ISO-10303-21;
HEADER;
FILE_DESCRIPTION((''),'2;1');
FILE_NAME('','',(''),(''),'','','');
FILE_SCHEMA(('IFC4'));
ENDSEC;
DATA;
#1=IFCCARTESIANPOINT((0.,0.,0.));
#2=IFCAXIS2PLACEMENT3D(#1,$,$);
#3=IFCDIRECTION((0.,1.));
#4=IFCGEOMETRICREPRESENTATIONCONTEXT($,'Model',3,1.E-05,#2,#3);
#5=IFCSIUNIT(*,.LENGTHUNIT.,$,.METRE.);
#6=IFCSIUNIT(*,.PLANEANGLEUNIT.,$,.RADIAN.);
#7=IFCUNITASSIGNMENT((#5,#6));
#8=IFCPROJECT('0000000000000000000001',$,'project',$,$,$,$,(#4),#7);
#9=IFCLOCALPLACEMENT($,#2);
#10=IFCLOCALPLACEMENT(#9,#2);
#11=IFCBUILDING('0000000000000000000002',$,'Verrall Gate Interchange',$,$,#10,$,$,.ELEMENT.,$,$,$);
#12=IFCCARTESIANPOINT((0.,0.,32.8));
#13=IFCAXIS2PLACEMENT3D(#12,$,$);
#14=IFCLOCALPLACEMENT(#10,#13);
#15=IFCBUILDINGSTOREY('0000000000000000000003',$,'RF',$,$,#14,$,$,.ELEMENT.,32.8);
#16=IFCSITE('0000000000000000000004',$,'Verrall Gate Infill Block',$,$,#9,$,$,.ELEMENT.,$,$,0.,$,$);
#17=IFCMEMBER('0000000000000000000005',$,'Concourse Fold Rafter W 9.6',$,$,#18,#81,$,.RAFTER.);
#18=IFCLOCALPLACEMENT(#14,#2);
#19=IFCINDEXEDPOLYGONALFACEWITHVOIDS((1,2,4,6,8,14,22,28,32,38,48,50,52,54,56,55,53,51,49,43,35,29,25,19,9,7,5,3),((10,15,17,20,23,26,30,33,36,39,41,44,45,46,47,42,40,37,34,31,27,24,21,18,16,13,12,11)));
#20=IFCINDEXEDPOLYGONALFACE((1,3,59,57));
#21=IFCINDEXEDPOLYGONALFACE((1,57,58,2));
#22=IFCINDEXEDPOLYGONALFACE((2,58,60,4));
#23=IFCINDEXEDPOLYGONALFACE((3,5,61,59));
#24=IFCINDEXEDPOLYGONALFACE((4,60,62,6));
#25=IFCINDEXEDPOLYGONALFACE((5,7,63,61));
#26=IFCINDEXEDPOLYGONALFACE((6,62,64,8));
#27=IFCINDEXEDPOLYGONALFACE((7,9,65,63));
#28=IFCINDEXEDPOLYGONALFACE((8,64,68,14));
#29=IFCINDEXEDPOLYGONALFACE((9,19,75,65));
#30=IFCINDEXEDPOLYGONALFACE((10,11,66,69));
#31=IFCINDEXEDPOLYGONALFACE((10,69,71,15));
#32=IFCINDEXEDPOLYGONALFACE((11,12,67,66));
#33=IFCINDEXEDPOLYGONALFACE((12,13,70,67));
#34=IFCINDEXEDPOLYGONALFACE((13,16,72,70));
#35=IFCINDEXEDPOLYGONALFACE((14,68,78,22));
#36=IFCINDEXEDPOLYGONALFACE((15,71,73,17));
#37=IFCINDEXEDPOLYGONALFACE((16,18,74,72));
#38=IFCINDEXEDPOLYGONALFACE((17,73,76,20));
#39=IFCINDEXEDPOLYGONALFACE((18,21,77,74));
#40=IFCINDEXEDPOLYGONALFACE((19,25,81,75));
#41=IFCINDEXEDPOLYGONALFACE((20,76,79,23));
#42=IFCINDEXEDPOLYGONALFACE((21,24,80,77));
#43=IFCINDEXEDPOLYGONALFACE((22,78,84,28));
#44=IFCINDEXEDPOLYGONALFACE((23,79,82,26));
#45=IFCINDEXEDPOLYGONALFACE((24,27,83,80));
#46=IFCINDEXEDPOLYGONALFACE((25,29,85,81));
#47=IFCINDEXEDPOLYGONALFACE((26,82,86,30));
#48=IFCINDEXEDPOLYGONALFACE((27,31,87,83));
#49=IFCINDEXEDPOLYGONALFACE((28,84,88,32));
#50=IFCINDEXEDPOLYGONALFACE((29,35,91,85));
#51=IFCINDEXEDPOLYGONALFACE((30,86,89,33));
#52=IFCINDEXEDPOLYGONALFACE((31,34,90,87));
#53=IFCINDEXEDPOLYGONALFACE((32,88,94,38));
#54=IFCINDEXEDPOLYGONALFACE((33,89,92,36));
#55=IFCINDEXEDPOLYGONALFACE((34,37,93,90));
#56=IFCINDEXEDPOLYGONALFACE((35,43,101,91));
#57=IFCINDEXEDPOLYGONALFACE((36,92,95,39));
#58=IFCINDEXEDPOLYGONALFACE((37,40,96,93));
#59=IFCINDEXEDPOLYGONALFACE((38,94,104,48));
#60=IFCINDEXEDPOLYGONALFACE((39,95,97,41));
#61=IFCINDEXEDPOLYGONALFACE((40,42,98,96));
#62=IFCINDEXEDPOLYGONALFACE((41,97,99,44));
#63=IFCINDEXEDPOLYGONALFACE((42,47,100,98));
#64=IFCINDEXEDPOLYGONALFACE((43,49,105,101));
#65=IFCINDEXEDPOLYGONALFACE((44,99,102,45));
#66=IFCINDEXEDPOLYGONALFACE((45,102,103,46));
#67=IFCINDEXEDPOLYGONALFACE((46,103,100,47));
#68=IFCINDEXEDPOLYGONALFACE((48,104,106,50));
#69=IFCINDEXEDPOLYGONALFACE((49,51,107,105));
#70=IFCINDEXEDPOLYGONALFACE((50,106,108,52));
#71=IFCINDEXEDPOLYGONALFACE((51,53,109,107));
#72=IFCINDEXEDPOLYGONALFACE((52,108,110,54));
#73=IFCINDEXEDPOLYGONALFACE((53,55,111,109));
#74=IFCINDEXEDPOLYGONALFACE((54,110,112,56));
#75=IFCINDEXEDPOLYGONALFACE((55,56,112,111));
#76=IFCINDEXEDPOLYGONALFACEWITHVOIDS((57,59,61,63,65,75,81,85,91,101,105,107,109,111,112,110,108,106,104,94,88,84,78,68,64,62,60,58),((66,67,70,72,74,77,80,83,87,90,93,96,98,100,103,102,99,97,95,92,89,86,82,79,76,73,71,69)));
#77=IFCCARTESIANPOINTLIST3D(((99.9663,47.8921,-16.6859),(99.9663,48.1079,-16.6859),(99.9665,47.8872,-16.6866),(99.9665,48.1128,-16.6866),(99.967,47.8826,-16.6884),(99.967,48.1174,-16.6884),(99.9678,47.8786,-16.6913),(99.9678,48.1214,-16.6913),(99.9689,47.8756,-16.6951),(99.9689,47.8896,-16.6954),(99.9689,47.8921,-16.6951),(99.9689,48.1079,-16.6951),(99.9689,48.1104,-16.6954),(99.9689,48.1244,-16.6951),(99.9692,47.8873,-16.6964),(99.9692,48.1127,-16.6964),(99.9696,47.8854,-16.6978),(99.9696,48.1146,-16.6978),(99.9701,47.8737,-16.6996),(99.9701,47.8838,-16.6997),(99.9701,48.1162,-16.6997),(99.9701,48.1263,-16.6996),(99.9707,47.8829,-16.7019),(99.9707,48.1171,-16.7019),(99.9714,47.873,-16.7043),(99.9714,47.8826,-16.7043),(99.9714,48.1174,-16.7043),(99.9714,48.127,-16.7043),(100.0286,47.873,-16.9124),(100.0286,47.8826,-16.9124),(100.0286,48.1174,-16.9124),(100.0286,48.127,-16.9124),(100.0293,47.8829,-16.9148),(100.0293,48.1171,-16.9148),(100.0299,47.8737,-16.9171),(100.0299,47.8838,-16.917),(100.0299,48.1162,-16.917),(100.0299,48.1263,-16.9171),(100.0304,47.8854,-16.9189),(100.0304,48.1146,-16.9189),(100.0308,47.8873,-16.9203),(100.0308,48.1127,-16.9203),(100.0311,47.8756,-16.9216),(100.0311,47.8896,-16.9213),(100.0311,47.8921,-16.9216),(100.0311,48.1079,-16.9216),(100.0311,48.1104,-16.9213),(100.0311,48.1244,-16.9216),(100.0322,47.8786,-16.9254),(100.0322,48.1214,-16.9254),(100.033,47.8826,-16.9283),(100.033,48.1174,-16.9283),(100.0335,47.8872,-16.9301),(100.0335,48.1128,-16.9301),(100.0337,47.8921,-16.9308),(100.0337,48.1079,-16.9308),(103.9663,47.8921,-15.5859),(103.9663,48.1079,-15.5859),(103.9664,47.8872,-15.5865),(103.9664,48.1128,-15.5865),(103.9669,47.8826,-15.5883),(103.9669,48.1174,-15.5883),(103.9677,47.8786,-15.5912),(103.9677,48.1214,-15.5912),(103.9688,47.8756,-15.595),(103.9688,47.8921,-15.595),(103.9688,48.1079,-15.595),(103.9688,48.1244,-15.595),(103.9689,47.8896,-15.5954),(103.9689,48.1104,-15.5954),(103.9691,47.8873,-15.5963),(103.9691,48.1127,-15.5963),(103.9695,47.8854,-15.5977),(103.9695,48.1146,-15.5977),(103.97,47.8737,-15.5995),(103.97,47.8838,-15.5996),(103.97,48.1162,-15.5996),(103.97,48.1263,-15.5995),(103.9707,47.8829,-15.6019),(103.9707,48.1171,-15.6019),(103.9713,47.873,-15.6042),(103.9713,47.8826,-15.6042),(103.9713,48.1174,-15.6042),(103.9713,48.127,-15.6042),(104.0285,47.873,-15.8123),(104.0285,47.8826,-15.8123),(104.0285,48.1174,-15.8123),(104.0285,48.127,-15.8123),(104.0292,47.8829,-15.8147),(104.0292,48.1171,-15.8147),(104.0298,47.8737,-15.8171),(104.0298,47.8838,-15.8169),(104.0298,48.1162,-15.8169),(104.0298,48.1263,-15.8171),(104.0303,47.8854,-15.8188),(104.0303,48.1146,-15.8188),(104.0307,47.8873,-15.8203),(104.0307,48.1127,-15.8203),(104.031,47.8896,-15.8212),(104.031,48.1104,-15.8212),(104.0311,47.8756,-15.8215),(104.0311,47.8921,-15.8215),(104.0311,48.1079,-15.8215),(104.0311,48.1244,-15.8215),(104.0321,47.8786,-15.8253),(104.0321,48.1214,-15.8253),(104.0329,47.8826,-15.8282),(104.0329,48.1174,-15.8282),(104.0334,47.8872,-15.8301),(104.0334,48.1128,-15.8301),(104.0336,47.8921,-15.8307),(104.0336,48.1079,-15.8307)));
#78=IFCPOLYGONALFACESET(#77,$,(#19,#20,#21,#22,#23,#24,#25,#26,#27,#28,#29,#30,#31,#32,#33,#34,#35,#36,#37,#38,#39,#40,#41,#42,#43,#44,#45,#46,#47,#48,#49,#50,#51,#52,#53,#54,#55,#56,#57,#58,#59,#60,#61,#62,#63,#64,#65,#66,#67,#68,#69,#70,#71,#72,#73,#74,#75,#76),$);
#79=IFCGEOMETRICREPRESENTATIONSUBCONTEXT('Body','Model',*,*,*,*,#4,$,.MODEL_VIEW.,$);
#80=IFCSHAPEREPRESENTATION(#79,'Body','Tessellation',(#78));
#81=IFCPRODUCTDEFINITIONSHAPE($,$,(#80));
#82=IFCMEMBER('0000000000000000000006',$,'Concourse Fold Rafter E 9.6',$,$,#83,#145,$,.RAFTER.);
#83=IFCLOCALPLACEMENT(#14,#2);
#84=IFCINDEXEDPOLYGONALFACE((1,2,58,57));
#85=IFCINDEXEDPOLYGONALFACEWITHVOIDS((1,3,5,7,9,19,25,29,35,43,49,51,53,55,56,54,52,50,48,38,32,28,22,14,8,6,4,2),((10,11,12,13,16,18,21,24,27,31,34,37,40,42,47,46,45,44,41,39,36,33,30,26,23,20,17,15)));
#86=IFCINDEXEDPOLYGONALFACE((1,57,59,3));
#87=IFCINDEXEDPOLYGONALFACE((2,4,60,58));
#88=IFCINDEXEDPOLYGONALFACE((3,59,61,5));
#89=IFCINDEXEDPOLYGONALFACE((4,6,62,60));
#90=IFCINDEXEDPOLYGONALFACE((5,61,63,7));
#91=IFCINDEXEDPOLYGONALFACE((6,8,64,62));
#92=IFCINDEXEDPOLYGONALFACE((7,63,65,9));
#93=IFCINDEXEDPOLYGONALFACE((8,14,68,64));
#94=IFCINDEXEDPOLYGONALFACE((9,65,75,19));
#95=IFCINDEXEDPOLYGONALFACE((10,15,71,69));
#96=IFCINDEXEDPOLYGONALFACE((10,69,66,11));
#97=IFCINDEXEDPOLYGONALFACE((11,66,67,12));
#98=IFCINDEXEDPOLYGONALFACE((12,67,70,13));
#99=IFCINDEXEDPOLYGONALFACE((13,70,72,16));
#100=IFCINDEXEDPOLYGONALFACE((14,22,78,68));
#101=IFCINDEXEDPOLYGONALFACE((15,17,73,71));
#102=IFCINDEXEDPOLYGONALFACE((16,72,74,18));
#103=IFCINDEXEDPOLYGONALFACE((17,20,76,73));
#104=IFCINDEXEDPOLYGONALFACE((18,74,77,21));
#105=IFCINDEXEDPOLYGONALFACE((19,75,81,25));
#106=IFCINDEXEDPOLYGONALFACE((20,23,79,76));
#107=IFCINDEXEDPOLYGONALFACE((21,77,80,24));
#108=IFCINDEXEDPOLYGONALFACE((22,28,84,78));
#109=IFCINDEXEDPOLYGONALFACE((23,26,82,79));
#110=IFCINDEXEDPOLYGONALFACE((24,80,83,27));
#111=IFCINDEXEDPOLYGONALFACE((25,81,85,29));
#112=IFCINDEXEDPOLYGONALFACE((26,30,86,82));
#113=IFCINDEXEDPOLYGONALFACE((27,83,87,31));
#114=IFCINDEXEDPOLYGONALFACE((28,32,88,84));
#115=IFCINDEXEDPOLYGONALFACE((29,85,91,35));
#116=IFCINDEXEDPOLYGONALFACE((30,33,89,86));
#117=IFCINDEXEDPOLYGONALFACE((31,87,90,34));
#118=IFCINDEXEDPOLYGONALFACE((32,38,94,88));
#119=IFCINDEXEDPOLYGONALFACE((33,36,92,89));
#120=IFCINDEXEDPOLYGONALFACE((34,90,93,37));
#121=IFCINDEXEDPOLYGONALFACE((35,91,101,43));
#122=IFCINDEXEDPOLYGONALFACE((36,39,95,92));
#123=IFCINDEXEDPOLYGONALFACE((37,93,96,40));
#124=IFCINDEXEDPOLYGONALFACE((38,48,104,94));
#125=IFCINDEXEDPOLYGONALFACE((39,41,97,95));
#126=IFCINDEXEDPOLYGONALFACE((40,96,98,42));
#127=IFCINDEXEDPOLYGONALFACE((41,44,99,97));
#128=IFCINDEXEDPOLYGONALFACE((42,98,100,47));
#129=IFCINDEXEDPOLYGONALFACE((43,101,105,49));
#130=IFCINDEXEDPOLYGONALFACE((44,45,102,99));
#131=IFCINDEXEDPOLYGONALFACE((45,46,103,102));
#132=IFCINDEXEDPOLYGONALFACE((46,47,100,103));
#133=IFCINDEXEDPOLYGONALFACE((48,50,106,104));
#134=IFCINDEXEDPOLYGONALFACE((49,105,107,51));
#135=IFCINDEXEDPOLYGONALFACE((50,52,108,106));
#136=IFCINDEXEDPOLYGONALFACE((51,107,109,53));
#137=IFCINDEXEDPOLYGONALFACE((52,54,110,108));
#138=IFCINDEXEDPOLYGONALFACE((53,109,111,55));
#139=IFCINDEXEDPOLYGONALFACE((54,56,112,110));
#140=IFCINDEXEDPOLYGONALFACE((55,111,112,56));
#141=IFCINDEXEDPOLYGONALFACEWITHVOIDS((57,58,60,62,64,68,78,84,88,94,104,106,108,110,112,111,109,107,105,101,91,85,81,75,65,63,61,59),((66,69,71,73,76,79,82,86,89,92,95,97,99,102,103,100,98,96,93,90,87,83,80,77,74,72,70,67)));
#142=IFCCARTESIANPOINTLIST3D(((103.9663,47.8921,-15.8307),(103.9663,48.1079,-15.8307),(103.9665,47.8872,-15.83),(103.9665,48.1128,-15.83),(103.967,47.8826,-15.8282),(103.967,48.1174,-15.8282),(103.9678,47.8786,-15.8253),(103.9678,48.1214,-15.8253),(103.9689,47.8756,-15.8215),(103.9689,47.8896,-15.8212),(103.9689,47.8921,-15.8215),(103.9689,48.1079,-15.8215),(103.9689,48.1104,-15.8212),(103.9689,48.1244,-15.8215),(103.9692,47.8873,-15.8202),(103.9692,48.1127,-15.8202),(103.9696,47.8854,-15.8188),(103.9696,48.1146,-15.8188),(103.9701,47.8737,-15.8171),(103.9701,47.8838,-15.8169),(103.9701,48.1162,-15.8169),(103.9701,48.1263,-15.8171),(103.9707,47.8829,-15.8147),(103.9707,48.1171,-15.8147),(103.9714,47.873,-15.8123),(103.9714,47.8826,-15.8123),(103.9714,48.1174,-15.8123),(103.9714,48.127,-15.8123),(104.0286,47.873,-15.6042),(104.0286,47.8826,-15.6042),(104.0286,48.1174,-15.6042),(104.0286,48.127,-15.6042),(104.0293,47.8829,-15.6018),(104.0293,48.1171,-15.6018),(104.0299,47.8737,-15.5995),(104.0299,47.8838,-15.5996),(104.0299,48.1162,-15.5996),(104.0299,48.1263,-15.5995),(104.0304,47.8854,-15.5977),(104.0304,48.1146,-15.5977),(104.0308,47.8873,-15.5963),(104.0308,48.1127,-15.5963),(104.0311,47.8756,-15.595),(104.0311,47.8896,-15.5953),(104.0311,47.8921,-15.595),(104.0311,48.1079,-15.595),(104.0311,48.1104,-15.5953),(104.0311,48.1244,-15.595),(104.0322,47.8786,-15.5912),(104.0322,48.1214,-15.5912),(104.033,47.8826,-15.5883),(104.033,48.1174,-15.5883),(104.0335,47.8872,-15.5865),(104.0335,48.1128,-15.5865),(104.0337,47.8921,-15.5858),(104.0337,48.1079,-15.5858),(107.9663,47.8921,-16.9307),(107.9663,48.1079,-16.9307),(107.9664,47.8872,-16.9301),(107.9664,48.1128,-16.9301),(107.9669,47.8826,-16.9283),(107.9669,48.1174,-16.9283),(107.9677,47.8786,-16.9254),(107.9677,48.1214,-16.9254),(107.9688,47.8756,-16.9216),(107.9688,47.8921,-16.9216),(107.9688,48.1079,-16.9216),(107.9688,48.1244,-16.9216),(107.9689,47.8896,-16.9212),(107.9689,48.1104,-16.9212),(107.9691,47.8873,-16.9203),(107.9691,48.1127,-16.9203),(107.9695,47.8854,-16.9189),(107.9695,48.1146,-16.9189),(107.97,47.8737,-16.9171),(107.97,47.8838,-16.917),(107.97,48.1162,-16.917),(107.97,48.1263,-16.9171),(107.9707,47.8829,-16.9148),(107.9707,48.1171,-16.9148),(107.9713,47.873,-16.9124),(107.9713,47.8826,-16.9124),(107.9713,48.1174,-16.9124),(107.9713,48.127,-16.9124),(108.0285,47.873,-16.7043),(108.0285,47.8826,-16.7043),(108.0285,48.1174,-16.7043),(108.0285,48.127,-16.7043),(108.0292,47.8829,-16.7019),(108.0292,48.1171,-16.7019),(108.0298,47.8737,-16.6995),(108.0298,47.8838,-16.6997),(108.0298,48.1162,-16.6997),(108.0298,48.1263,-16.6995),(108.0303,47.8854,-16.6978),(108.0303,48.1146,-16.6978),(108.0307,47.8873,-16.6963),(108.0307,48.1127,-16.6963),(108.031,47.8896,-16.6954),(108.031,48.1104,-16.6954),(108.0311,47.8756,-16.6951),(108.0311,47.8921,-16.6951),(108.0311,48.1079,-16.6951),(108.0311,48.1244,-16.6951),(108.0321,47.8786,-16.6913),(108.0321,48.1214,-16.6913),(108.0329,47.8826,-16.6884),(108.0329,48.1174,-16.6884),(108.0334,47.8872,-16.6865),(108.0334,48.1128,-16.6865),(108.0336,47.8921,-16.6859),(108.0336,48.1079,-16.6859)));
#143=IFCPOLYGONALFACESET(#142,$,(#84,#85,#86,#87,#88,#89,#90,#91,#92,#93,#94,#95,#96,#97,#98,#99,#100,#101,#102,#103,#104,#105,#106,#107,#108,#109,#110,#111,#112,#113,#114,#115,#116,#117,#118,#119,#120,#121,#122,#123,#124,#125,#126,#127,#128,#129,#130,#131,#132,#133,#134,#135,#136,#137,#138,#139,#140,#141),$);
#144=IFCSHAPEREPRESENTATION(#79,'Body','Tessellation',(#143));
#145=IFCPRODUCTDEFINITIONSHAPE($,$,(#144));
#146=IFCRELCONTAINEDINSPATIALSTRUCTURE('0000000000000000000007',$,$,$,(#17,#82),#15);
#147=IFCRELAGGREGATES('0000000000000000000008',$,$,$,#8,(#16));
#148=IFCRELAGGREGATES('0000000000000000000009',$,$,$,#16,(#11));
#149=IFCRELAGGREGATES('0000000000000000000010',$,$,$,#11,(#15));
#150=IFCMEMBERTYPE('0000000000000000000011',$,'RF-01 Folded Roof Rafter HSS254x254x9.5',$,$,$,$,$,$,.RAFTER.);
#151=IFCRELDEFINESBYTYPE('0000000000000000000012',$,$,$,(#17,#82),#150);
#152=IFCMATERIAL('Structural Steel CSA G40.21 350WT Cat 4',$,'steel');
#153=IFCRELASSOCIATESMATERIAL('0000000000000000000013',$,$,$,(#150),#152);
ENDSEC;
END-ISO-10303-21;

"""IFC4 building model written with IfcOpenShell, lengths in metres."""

from ifc_helpers import new_model, si_unit, direction, frame, origin, origin_2d, place, context, subcontext, project, spatial, hollow_rectangle, extrude, material, material_profile, profile_set, type_object, element, save


model = new_model("IFC4")

# Units and contexts
model_context = context("Model", 3, precision=1e-05, world=origin(), true_north=direction((0.0, 1.0)))
body_context = subcontext(model_context, "Body", "Model", "MODEL_VIEW")
ifc_project = project(units=[si_unit("LENGTHUNIT", "METRE"), si_unit("PLANEANGLEUNIT", "RADIAN")], contexts=[model_context])

# Site, building, storey
site_placement = place(None, origin())
site = spatial("IfcSite", under=ifc_project, at=site_placement, Name="Verrall Gate Infill Block", CompositionType="ELEMENT", RefElevation=0.0)
building_placement = place(site_placement, origin())
building = spatial("IfcBuilding", under=site, at=building_placement, Name="Verrall Gate Interchange", CompositionType="ELEMENT")
storey_placement = place(building_placement, frame((0.0, 0.0, 32.8)))
storey = spatial("IfcBuildingStorey", under=building, at=storey_placement, Name="RF", CompositionType="ELEMENT", Elevation=32.8)

# Members
ifc_material_1 = material(Name="Structural Steel CSA G40.21 350WT Cat 4", Category="steel")
ifc_material_profile_1 = material_profile(ifc_material_1, hollow_rectangle(XDim=0.2539, YDim=0.2539, WallThickness=0.0095, InnerFilletRadius=0.0095, OuterFilletRadius=0.019, at=origin_2d()), Name="HSS254x254x9.5")
ifc_profile_set_1 = profile_set([ifc_material_profile_1], Name="Structural Steel CSA G40.21 350WT Cat 4")
member_type_1 = type_object("IfcMemberType", Name="RF-01 Folded Roof Rafter HSS254x254x9.5", PredefinedType="RAFTER", material=ifc_profile_set_1)
for number, where, z_axis, x_axis, name in (
    (1, (100.0, 48.0, -16.8083), (0.964199, 0.0, 0.265178), (0.0, 1.0, 0.0), "Concourse Fold Rafter W 9.6"),
    (2, (104.0, 48.0, -15.7083), (0.964199, 0.0, -0.265178), (0.0, 1.0, 0.0), "Concourse Fold Rafter E 9.6"),
):
    element("IfcMember", number, at=place(storey_placement, frame(where, z_axis=z_axis, x_axis=x_axis)), inside=storey, type_object=member_type_1, Name=name, PredefinedType="RAFTER", context=body_context, shape_type="SweptSolid", body=[
        extrude(hollow_rectangle(XDim=0.2539, YDim=0.2539, WallThickness=0.0095, InnerFilletRadius=0.0095, OuterFilletRadius=0.019, at=origin_2d()), origin(), (0.0, 0.0, 1.0), 4.1484),
    ])

save(model, "model.ifc")
